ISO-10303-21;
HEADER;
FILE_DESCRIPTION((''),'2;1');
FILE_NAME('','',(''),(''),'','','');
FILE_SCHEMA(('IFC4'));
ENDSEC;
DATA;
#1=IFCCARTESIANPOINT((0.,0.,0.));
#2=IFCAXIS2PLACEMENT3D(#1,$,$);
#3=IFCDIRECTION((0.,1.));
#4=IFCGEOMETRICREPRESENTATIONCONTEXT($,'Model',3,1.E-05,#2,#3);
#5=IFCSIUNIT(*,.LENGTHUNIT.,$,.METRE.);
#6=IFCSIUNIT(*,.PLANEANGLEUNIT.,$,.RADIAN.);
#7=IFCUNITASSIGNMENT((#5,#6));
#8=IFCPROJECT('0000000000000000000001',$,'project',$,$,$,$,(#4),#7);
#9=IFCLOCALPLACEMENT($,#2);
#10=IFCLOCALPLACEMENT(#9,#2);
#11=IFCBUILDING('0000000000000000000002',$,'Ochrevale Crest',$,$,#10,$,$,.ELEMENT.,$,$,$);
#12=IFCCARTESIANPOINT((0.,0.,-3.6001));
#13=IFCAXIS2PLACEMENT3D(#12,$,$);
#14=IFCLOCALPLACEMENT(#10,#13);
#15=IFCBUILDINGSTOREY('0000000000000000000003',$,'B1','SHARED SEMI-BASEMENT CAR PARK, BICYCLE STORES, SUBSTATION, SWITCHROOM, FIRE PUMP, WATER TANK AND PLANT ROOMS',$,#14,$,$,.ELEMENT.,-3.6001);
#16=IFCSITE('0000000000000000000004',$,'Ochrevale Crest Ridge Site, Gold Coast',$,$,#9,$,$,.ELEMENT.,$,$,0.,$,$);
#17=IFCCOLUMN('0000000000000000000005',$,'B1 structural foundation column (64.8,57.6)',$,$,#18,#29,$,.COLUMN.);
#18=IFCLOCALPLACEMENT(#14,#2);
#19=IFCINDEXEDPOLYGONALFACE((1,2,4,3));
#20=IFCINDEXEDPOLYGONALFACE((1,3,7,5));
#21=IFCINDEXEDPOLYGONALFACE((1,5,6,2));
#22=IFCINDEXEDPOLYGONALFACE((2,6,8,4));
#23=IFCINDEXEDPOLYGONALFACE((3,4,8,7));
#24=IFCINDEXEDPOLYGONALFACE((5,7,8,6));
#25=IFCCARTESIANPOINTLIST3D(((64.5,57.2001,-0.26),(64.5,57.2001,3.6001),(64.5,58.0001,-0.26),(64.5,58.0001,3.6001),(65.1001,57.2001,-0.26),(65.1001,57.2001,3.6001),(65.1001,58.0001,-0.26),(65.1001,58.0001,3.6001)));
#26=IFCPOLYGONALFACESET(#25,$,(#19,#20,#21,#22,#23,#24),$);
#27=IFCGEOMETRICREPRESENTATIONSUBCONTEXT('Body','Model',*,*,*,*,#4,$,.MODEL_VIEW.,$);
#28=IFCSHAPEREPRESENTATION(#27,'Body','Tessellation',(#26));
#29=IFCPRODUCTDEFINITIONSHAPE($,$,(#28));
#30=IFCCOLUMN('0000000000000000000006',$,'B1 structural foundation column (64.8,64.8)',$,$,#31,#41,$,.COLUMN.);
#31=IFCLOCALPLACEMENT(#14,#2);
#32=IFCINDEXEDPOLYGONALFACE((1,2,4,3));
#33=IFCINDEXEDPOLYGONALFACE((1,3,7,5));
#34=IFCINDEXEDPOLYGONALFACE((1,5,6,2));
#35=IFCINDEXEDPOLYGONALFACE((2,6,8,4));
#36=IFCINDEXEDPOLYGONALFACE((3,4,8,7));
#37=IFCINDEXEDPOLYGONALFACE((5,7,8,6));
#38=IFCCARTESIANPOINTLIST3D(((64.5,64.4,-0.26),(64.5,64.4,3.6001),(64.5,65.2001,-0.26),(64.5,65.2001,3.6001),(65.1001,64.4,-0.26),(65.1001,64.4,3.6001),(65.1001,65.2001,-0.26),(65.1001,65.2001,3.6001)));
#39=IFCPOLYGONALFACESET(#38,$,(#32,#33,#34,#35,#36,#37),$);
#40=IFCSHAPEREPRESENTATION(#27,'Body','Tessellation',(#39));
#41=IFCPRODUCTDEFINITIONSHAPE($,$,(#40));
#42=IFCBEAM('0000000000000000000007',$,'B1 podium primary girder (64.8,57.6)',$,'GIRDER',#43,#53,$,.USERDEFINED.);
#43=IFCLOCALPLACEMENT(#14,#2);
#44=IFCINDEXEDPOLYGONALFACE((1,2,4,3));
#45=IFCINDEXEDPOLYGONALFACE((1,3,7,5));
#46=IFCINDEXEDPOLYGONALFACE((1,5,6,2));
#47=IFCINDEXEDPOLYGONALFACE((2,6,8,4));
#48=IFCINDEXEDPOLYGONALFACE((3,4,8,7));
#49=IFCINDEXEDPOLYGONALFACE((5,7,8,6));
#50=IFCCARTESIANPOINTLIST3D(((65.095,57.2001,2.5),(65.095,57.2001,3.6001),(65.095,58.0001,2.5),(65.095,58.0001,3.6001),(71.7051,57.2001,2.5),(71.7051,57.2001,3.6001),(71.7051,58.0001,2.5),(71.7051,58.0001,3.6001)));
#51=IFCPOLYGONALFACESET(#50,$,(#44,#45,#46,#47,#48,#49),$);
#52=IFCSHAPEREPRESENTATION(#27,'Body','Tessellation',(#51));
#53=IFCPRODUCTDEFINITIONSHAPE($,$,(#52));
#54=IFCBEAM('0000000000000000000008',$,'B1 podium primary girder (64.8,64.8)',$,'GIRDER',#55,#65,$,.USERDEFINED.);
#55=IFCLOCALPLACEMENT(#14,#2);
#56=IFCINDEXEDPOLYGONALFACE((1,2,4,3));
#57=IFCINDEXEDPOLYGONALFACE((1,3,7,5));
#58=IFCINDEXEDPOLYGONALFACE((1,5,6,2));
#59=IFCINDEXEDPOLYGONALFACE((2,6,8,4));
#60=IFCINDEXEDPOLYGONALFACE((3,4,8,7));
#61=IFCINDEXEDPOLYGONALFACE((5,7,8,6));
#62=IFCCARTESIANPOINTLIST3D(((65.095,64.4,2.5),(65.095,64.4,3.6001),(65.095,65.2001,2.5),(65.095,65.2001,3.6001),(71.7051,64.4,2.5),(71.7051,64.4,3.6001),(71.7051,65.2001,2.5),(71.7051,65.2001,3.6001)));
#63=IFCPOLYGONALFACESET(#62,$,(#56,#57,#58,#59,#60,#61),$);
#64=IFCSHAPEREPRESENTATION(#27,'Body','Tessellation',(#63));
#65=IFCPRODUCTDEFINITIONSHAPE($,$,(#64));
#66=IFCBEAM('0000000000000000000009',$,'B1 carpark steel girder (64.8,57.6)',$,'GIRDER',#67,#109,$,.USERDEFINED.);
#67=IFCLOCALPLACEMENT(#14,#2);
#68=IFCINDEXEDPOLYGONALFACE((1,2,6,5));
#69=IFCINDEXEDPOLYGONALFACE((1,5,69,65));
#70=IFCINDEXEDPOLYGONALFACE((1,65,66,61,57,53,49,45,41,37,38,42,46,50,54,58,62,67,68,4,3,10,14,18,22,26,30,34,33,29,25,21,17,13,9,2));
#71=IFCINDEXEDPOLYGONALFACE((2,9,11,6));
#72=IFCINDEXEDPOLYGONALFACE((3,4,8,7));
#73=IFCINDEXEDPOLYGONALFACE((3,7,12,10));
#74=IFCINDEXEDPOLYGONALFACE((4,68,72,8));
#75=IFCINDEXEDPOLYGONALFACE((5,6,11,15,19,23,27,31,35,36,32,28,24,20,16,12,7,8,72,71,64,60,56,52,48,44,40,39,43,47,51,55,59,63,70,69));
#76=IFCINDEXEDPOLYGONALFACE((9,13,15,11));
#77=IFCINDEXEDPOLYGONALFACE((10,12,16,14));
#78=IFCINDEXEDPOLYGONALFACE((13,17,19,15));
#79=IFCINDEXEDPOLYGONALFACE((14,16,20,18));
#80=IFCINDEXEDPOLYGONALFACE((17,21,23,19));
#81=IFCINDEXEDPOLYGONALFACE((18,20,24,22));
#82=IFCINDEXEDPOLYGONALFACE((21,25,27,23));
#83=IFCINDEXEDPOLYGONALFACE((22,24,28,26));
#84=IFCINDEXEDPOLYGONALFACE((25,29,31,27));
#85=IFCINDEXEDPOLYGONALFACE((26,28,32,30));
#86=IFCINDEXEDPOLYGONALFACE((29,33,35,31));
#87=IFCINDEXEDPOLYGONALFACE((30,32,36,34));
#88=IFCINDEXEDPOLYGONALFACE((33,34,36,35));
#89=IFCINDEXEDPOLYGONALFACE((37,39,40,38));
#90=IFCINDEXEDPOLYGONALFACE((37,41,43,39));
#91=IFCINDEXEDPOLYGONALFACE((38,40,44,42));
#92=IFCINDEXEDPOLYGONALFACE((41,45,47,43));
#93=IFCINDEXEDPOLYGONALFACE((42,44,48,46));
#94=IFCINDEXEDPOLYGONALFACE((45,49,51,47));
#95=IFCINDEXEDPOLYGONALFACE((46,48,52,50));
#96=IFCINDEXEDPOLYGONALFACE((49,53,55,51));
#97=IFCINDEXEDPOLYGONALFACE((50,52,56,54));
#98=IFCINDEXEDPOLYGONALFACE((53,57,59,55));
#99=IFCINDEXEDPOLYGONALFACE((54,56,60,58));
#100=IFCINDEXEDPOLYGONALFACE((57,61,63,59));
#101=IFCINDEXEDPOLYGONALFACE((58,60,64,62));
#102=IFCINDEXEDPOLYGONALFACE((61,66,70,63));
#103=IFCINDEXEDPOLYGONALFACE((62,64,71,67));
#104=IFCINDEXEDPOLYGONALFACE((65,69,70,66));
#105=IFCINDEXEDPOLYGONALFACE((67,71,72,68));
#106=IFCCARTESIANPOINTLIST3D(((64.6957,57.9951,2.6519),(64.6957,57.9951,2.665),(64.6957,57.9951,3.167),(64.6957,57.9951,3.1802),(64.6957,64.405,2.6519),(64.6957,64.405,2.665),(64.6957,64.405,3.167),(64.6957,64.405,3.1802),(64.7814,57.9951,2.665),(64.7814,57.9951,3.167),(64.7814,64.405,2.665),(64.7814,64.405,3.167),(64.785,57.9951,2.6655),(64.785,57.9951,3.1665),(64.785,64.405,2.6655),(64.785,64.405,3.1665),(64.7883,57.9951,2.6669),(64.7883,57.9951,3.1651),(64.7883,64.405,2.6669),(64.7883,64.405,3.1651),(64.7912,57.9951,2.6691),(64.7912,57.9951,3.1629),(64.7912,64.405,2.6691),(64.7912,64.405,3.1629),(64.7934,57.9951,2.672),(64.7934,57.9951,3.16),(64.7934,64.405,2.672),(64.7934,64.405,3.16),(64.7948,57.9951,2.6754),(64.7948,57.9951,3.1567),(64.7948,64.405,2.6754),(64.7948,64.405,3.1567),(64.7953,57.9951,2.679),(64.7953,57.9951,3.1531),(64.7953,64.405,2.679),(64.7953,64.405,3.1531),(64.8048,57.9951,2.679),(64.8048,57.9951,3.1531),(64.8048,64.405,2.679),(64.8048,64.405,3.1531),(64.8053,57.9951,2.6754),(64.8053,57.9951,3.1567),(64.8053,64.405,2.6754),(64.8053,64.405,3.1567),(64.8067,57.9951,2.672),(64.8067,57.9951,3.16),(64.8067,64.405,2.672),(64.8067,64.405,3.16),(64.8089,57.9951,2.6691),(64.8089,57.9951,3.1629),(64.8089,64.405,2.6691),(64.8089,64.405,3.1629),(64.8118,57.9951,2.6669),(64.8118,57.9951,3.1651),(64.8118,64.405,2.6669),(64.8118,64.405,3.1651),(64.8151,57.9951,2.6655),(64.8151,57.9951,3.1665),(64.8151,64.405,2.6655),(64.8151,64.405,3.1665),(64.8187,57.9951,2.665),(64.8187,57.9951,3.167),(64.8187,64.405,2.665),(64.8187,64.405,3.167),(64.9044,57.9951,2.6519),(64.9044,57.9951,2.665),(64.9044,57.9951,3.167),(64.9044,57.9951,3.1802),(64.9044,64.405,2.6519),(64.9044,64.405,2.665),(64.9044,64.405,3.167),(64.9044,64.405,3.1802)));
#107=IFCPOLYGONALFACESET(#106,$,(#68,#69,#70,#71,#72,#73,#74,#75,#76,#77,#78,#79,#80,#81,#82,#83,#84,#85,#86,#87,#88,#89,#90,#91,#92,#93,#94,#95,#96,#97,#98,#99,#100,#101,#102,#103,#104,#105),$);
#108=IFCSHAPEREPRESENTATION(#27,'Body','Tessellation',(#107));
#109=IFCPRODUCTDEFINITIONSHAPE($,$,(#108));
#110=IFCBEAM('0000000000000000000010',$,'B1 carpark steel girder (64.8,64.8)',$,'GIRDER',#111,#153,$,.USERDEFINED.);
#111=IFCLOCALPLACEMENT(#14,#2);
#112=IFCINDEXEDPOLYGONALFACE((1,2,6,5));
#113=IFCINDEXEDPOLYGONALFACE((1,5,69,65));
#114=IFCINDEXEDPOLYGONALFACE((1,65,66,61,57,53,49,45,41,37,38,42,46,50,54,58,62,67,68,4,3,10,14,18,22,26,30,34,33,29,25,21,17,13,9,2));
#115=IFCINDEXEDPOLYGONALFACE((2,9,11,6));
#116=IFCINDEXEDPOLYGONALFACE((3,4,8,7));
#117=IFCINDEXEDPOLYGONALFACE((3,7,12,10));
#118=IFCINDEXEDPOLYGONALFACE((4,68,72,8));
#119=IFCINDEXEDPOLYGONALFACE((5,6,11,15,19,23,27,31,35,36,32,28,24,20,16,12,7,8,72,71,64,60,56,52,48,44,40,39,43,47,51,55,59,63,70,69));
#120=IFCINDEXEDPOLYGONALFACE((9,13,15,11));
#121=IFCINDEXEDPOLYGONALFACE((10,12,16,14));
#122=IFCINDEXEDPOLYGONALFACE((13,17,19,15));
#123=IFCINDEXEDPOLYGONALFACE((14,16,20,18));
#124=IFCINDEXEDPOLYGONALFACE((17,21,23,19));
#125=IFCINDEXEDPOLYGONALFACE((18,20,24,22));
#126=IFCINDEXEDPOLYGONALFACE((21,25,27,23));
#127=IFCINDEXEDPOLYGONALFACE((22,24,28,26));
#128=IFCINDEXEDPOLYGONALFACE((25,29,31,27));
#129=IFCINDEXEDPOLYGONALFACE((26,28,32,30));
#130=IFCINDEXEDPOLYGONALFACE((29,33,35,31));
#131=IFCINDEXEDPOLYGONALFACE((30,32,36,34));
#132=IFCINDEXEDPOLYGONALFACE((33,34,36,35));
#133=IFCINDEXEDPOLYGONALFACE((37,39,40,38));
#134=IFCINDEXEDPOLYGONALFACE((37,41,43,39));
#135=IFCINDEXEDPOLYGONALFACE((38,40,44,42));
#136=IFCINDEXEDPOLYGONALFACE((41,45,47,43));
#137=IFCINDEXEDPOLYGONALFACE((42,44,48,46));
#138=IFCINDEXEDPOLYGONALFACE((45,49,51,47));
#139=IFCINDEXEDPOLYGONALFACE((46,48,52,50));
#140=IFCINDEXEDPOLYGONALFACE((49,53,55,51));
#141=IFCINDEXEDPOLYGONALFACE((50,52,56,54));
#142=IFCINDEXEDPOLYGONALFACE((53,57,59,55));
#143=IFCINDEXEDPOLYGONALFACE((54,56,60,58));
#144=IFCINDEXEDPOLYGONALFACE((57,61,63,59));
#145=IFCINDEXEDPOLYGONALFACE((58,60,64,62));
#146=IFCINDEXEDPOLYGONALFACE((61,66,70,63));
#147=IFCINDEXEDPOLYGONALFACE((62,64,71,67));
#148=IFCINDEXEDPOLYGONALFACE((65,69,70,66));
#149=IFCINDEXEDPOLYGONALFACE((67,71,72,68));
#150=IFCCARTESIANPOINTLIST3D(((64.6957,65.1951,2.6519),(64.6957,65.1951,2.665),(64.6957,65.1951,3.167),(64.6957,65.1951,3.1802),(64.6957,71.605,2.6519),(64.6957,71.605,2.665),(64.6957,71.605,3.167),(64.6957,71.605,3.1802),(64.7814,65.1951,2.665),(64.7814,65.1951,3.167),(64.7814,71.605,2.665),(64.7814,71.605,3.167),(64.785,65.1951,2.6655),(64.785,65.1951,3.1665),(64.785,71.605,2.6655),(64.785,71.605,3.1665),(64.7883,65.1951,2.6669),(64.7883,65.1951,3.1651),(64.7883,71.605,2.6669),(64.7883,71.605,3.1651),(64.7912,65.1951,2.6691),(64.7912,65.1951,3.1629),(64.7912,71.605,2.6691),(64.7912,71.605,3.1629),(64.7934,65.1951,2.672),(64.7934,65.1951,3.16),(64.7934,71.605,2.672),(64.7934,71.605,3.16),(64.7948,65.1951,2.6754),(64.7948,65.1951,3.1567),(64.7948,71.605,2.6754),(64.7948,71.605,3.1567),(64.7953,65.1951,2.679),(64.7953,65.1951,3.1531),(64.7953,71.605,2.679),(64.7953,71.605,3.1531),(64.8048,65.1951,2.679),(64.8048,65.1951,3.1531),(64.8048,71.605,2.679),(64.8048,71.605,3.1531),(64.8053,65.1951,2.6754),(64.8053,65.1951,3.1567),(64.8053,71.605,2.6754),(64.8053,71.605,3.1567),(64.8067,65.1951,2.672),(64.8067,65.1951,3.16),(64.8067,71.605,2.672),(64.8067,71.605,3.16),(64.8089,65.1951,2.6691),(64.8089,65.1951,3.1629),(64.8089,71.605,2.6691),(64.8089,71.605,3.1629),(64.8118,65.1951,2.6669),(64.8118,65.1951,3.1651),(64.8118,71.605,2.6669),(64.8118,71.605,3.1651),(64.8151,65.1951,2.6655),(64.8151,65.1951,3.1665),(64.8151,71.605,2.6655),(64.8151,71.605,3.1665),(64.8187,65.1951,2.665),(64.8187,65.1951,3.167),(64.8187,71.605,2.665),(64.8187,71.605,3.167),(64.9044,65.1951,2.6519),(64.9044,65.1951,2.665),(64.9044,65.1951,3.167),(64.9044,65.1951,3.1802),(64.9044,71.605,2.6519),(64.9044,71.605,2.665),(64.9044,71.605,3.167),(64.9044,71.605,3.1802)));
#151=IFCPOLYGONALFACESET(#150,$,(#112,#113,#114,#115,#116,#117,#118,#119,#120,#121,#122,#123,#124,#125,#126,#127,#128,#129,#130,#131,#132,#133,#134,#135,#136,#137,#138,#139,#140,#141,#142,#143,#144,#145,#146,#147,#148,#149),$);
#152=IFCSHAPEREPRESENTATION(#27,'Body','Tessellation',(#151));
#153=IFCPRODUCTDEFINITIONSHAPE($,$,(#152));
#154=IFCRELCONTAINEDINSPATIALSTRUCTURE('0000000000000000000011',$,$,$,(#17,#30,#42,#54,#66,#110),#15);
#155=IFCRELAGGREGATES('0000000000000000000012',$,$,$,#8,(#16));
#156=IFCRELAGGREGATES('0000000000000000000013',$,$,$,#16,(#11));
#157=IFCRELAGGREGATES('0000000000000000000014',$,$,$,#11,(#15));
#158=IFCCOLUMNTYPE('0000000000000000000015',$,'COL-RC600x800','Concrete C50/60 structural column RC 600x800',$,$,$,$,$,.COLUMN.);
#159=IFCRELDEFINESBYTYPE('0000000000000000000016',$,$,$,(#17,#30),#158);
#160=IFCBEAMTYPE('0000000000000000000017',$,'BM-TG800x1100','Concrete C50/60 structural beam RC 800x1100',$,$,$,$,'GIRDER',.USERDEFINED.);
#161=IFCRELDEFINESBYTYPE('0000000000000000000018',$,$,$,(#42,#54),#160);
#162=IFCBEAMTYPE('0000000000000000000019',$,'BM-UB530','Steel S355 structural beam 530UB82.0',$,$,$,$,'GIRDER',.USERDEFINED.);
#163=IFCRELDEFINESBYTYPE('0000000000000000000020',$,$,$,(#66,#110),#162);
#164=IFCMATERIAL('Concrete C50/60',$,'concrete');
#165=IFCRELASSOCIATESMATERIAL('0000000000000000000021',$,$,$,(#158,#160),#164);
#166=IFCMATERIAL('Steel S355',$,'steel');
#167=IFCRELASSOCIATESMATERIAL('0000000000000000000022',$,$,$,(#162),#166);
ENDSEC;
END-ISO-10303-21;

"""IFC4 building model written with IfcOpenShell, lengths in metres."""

from ifc_helpers import new_model, si_unit, direction, frame, origin, origin_2d, place, context, subcontext, project, spatial, rectangle, i_section, extrude, material, material_profile, profile_set, type_object, element, save


model = new_model("IFC4")

# Units and contexts
model_context = context("Model", 3, precision=1e-05, world=origin(), true_north=direction((0.0, 1.0)))
body_context = subcontext(model_context, "Body", "Model", "MODEL_VIEW")
ifc_project = project(units=[si_unit("LENGTHUNIT", "METRE"), si_unit("PLANEANGLEUNIT", "RADIAN")], contexts=[model_context])

# Site, building, storey
site_placement = place(None, origin())
site = spatial("IfcSite", under=ifc_project, at=site_placement, Name="Ochrevale Crest Ridge Site, Gold Coast", CompositionType="ELEMENT", RefElevation=0.0)
building_placement = place(site_placement, origin())
building = spatial("IfcBuilding", under=site, at=building_placement, Name="Ochrevale Crest", CompositionType="ELEMENT")
storey_placement = place(building_placement, frame((0.0, 0.0, -3.6001)))
storey = spatial("IfcBuildingStorey", under=building, at=storey_placement, Name="B1", Description="SHARED SEMI-BASEMENT CAR PARK, BICYCLE STORES, SUBSTATION, SWITCHROOM, FIRE PUMP, WATER TANK AND PLANT ROOMS", CompositionType="ELEMENT", Elevation=-3.6001)

# Columns
ifc_material_1 = material(Name="Concrete C50/60", Category="concrete")
ifc_material_profile_1 = material_profile(ifc_material_1, rectangle(XDim=0.6001, YDim=0.8, at=origin_2d()), Name="RC 600x800")
ifc_profile_set_1 = profile_set([ifc_material_profile_1], Name="Concrete C50/60")
column_type = type_object("IfcColumnType", Name="COL-RC600x800", Description="Concrete C50/60 structural column RC 600x800", PredefinedType="COLUMN", material=ifc_profile_set_1)
for number, where, z_axis, x_axis, name in (
    (1, (64.8, 57.6001, -0.26), (0.0, 0.0, 1.0), (1.0, 0.0, 0.0), "B1 structural foundation column (64.8,57.6)"),
    (2, (64.8, 64.8, -0.26), (0.0, 0.0, 1.0), (1.0, 0.0, 0.0), "B1 structural foundation column (64.8,64.8)"),
):
    element("IfcColumn", number, at=place(storey_placement, frame(where, z_axis=z_axis, x_axis=x_axis)), inside=storey, type_object=column_type, Name=name, PredefinedType="COLUMN", context=body_context, shape_type="SweptSolid", body=[
        extrude(rectangle(XDim=0.6001, YDim=0.8, at=origin_2d()), origin(), (0.0, 0.0, 1.0), 3.8601),
    ])

# Beams
ifc_material_profile_2 = material_profile(ifc_material_1, rectangle(XDim=0.8, YDim=1.1001, at=origin_2d()), Name="RC 800x1100")
ifc_profile_set_2 = profile_set([ifc_material_profile_2], Name="Concrete C50/60")
beam_type_1 = type_object("IfcBeamType", Name="BM-TG800x1100", Description="Concrete C50/60 structural beam RC 800x1100", ElementType="GIRDER", PredefinedType="USERDEFINED", material=ifc_profile_set_2)
for number, where, z_axis, x_axis, name in (
    (3, (65.095, 57.6001, 3.05), (1.0, 0.0, 0.0), (0.0, 1.0, 0.0), "B1 podium primary girder (64.8,57.6)"),
    (4, (65.095, 64.8, 3.05), (1.0, 0.0, 0.0), (0.0, 1.0, 0.0), "B1 podium primary girder (64.8,64.8)"),
):
    element("IfcBeam", number, at=place(storey_placement, frame(where, z_axis=z_axis, x_axis=x_axis)), inside=storey, type_object=beam_type_1, Name=name, ObjectType="GIRDER", PredefinedType="USERDEFINED", context=body_context, shape_type="SweptSolid", body=[
        extrude(rectangle(XDim=0.8, YDim=1.1001, at=origin_2d()), origin(), (0.0, 0.0, 1.0), 6.6101),
    ])
ifc_material_2 = material(Name="Steel S355", Category="steel")
ifc_material_profile_3 = material_profile(ifc_material_2, i_section(OverallWidth=0.2087, OverallDepth=0.5283, WebThickness=0.0095, FlangeThickness=0.0132, FilletRadius=0.0139, at=origin_2d()), Name="530UB82.0")
ifc_profile_set_3 = profile_set([ifc_material_profile_3], Name="Steel S355")
beam_type_2 = type_object("IfcBeamType", Name="BM-UB530", Description="Steel S355 structural beam 530UB82.0", ElementType="GIRDER", PredefinedType="USERDEFINED", material=ifc_profile_set_3)
for number, where, z_axis, x_axis, name in (
    (5, (64.8, 57.9951, 2.916), (0.0, 1.0, 0.0), (-1.0, 0.0, 0.0), "B1 carpark steel girder (64.8,57.6)"),
    (6, (64.8, 65.1951, 2.916), (0.0, 1.0, 0.0), (-1.0, 0.0, 0.0), "B1 carpark steel girder (64.8,64.8)"),
):
    element("IfcBeam", number, at=place(storey_placement, frame(where, z_axis=z_axis, x_axis=x_axis)), inside=storey, type_object=beam_type_2, Name=name, ObjectType="GIRDER", PredefinedType="USERDEFINED", context=body_context, shape_type="SweptSolid", body=[
        extrude(i_section(OverallWidth=0.2087, OverallDepth=0.5283, WebThickness=0.0095, FlangeThickness=0.0132, FilletRadius=0.0139, at=origin_2d()), origin(), (0.0, 0.0, 1.0), 6.4099),
    ])

save(model, "model.ifc")
